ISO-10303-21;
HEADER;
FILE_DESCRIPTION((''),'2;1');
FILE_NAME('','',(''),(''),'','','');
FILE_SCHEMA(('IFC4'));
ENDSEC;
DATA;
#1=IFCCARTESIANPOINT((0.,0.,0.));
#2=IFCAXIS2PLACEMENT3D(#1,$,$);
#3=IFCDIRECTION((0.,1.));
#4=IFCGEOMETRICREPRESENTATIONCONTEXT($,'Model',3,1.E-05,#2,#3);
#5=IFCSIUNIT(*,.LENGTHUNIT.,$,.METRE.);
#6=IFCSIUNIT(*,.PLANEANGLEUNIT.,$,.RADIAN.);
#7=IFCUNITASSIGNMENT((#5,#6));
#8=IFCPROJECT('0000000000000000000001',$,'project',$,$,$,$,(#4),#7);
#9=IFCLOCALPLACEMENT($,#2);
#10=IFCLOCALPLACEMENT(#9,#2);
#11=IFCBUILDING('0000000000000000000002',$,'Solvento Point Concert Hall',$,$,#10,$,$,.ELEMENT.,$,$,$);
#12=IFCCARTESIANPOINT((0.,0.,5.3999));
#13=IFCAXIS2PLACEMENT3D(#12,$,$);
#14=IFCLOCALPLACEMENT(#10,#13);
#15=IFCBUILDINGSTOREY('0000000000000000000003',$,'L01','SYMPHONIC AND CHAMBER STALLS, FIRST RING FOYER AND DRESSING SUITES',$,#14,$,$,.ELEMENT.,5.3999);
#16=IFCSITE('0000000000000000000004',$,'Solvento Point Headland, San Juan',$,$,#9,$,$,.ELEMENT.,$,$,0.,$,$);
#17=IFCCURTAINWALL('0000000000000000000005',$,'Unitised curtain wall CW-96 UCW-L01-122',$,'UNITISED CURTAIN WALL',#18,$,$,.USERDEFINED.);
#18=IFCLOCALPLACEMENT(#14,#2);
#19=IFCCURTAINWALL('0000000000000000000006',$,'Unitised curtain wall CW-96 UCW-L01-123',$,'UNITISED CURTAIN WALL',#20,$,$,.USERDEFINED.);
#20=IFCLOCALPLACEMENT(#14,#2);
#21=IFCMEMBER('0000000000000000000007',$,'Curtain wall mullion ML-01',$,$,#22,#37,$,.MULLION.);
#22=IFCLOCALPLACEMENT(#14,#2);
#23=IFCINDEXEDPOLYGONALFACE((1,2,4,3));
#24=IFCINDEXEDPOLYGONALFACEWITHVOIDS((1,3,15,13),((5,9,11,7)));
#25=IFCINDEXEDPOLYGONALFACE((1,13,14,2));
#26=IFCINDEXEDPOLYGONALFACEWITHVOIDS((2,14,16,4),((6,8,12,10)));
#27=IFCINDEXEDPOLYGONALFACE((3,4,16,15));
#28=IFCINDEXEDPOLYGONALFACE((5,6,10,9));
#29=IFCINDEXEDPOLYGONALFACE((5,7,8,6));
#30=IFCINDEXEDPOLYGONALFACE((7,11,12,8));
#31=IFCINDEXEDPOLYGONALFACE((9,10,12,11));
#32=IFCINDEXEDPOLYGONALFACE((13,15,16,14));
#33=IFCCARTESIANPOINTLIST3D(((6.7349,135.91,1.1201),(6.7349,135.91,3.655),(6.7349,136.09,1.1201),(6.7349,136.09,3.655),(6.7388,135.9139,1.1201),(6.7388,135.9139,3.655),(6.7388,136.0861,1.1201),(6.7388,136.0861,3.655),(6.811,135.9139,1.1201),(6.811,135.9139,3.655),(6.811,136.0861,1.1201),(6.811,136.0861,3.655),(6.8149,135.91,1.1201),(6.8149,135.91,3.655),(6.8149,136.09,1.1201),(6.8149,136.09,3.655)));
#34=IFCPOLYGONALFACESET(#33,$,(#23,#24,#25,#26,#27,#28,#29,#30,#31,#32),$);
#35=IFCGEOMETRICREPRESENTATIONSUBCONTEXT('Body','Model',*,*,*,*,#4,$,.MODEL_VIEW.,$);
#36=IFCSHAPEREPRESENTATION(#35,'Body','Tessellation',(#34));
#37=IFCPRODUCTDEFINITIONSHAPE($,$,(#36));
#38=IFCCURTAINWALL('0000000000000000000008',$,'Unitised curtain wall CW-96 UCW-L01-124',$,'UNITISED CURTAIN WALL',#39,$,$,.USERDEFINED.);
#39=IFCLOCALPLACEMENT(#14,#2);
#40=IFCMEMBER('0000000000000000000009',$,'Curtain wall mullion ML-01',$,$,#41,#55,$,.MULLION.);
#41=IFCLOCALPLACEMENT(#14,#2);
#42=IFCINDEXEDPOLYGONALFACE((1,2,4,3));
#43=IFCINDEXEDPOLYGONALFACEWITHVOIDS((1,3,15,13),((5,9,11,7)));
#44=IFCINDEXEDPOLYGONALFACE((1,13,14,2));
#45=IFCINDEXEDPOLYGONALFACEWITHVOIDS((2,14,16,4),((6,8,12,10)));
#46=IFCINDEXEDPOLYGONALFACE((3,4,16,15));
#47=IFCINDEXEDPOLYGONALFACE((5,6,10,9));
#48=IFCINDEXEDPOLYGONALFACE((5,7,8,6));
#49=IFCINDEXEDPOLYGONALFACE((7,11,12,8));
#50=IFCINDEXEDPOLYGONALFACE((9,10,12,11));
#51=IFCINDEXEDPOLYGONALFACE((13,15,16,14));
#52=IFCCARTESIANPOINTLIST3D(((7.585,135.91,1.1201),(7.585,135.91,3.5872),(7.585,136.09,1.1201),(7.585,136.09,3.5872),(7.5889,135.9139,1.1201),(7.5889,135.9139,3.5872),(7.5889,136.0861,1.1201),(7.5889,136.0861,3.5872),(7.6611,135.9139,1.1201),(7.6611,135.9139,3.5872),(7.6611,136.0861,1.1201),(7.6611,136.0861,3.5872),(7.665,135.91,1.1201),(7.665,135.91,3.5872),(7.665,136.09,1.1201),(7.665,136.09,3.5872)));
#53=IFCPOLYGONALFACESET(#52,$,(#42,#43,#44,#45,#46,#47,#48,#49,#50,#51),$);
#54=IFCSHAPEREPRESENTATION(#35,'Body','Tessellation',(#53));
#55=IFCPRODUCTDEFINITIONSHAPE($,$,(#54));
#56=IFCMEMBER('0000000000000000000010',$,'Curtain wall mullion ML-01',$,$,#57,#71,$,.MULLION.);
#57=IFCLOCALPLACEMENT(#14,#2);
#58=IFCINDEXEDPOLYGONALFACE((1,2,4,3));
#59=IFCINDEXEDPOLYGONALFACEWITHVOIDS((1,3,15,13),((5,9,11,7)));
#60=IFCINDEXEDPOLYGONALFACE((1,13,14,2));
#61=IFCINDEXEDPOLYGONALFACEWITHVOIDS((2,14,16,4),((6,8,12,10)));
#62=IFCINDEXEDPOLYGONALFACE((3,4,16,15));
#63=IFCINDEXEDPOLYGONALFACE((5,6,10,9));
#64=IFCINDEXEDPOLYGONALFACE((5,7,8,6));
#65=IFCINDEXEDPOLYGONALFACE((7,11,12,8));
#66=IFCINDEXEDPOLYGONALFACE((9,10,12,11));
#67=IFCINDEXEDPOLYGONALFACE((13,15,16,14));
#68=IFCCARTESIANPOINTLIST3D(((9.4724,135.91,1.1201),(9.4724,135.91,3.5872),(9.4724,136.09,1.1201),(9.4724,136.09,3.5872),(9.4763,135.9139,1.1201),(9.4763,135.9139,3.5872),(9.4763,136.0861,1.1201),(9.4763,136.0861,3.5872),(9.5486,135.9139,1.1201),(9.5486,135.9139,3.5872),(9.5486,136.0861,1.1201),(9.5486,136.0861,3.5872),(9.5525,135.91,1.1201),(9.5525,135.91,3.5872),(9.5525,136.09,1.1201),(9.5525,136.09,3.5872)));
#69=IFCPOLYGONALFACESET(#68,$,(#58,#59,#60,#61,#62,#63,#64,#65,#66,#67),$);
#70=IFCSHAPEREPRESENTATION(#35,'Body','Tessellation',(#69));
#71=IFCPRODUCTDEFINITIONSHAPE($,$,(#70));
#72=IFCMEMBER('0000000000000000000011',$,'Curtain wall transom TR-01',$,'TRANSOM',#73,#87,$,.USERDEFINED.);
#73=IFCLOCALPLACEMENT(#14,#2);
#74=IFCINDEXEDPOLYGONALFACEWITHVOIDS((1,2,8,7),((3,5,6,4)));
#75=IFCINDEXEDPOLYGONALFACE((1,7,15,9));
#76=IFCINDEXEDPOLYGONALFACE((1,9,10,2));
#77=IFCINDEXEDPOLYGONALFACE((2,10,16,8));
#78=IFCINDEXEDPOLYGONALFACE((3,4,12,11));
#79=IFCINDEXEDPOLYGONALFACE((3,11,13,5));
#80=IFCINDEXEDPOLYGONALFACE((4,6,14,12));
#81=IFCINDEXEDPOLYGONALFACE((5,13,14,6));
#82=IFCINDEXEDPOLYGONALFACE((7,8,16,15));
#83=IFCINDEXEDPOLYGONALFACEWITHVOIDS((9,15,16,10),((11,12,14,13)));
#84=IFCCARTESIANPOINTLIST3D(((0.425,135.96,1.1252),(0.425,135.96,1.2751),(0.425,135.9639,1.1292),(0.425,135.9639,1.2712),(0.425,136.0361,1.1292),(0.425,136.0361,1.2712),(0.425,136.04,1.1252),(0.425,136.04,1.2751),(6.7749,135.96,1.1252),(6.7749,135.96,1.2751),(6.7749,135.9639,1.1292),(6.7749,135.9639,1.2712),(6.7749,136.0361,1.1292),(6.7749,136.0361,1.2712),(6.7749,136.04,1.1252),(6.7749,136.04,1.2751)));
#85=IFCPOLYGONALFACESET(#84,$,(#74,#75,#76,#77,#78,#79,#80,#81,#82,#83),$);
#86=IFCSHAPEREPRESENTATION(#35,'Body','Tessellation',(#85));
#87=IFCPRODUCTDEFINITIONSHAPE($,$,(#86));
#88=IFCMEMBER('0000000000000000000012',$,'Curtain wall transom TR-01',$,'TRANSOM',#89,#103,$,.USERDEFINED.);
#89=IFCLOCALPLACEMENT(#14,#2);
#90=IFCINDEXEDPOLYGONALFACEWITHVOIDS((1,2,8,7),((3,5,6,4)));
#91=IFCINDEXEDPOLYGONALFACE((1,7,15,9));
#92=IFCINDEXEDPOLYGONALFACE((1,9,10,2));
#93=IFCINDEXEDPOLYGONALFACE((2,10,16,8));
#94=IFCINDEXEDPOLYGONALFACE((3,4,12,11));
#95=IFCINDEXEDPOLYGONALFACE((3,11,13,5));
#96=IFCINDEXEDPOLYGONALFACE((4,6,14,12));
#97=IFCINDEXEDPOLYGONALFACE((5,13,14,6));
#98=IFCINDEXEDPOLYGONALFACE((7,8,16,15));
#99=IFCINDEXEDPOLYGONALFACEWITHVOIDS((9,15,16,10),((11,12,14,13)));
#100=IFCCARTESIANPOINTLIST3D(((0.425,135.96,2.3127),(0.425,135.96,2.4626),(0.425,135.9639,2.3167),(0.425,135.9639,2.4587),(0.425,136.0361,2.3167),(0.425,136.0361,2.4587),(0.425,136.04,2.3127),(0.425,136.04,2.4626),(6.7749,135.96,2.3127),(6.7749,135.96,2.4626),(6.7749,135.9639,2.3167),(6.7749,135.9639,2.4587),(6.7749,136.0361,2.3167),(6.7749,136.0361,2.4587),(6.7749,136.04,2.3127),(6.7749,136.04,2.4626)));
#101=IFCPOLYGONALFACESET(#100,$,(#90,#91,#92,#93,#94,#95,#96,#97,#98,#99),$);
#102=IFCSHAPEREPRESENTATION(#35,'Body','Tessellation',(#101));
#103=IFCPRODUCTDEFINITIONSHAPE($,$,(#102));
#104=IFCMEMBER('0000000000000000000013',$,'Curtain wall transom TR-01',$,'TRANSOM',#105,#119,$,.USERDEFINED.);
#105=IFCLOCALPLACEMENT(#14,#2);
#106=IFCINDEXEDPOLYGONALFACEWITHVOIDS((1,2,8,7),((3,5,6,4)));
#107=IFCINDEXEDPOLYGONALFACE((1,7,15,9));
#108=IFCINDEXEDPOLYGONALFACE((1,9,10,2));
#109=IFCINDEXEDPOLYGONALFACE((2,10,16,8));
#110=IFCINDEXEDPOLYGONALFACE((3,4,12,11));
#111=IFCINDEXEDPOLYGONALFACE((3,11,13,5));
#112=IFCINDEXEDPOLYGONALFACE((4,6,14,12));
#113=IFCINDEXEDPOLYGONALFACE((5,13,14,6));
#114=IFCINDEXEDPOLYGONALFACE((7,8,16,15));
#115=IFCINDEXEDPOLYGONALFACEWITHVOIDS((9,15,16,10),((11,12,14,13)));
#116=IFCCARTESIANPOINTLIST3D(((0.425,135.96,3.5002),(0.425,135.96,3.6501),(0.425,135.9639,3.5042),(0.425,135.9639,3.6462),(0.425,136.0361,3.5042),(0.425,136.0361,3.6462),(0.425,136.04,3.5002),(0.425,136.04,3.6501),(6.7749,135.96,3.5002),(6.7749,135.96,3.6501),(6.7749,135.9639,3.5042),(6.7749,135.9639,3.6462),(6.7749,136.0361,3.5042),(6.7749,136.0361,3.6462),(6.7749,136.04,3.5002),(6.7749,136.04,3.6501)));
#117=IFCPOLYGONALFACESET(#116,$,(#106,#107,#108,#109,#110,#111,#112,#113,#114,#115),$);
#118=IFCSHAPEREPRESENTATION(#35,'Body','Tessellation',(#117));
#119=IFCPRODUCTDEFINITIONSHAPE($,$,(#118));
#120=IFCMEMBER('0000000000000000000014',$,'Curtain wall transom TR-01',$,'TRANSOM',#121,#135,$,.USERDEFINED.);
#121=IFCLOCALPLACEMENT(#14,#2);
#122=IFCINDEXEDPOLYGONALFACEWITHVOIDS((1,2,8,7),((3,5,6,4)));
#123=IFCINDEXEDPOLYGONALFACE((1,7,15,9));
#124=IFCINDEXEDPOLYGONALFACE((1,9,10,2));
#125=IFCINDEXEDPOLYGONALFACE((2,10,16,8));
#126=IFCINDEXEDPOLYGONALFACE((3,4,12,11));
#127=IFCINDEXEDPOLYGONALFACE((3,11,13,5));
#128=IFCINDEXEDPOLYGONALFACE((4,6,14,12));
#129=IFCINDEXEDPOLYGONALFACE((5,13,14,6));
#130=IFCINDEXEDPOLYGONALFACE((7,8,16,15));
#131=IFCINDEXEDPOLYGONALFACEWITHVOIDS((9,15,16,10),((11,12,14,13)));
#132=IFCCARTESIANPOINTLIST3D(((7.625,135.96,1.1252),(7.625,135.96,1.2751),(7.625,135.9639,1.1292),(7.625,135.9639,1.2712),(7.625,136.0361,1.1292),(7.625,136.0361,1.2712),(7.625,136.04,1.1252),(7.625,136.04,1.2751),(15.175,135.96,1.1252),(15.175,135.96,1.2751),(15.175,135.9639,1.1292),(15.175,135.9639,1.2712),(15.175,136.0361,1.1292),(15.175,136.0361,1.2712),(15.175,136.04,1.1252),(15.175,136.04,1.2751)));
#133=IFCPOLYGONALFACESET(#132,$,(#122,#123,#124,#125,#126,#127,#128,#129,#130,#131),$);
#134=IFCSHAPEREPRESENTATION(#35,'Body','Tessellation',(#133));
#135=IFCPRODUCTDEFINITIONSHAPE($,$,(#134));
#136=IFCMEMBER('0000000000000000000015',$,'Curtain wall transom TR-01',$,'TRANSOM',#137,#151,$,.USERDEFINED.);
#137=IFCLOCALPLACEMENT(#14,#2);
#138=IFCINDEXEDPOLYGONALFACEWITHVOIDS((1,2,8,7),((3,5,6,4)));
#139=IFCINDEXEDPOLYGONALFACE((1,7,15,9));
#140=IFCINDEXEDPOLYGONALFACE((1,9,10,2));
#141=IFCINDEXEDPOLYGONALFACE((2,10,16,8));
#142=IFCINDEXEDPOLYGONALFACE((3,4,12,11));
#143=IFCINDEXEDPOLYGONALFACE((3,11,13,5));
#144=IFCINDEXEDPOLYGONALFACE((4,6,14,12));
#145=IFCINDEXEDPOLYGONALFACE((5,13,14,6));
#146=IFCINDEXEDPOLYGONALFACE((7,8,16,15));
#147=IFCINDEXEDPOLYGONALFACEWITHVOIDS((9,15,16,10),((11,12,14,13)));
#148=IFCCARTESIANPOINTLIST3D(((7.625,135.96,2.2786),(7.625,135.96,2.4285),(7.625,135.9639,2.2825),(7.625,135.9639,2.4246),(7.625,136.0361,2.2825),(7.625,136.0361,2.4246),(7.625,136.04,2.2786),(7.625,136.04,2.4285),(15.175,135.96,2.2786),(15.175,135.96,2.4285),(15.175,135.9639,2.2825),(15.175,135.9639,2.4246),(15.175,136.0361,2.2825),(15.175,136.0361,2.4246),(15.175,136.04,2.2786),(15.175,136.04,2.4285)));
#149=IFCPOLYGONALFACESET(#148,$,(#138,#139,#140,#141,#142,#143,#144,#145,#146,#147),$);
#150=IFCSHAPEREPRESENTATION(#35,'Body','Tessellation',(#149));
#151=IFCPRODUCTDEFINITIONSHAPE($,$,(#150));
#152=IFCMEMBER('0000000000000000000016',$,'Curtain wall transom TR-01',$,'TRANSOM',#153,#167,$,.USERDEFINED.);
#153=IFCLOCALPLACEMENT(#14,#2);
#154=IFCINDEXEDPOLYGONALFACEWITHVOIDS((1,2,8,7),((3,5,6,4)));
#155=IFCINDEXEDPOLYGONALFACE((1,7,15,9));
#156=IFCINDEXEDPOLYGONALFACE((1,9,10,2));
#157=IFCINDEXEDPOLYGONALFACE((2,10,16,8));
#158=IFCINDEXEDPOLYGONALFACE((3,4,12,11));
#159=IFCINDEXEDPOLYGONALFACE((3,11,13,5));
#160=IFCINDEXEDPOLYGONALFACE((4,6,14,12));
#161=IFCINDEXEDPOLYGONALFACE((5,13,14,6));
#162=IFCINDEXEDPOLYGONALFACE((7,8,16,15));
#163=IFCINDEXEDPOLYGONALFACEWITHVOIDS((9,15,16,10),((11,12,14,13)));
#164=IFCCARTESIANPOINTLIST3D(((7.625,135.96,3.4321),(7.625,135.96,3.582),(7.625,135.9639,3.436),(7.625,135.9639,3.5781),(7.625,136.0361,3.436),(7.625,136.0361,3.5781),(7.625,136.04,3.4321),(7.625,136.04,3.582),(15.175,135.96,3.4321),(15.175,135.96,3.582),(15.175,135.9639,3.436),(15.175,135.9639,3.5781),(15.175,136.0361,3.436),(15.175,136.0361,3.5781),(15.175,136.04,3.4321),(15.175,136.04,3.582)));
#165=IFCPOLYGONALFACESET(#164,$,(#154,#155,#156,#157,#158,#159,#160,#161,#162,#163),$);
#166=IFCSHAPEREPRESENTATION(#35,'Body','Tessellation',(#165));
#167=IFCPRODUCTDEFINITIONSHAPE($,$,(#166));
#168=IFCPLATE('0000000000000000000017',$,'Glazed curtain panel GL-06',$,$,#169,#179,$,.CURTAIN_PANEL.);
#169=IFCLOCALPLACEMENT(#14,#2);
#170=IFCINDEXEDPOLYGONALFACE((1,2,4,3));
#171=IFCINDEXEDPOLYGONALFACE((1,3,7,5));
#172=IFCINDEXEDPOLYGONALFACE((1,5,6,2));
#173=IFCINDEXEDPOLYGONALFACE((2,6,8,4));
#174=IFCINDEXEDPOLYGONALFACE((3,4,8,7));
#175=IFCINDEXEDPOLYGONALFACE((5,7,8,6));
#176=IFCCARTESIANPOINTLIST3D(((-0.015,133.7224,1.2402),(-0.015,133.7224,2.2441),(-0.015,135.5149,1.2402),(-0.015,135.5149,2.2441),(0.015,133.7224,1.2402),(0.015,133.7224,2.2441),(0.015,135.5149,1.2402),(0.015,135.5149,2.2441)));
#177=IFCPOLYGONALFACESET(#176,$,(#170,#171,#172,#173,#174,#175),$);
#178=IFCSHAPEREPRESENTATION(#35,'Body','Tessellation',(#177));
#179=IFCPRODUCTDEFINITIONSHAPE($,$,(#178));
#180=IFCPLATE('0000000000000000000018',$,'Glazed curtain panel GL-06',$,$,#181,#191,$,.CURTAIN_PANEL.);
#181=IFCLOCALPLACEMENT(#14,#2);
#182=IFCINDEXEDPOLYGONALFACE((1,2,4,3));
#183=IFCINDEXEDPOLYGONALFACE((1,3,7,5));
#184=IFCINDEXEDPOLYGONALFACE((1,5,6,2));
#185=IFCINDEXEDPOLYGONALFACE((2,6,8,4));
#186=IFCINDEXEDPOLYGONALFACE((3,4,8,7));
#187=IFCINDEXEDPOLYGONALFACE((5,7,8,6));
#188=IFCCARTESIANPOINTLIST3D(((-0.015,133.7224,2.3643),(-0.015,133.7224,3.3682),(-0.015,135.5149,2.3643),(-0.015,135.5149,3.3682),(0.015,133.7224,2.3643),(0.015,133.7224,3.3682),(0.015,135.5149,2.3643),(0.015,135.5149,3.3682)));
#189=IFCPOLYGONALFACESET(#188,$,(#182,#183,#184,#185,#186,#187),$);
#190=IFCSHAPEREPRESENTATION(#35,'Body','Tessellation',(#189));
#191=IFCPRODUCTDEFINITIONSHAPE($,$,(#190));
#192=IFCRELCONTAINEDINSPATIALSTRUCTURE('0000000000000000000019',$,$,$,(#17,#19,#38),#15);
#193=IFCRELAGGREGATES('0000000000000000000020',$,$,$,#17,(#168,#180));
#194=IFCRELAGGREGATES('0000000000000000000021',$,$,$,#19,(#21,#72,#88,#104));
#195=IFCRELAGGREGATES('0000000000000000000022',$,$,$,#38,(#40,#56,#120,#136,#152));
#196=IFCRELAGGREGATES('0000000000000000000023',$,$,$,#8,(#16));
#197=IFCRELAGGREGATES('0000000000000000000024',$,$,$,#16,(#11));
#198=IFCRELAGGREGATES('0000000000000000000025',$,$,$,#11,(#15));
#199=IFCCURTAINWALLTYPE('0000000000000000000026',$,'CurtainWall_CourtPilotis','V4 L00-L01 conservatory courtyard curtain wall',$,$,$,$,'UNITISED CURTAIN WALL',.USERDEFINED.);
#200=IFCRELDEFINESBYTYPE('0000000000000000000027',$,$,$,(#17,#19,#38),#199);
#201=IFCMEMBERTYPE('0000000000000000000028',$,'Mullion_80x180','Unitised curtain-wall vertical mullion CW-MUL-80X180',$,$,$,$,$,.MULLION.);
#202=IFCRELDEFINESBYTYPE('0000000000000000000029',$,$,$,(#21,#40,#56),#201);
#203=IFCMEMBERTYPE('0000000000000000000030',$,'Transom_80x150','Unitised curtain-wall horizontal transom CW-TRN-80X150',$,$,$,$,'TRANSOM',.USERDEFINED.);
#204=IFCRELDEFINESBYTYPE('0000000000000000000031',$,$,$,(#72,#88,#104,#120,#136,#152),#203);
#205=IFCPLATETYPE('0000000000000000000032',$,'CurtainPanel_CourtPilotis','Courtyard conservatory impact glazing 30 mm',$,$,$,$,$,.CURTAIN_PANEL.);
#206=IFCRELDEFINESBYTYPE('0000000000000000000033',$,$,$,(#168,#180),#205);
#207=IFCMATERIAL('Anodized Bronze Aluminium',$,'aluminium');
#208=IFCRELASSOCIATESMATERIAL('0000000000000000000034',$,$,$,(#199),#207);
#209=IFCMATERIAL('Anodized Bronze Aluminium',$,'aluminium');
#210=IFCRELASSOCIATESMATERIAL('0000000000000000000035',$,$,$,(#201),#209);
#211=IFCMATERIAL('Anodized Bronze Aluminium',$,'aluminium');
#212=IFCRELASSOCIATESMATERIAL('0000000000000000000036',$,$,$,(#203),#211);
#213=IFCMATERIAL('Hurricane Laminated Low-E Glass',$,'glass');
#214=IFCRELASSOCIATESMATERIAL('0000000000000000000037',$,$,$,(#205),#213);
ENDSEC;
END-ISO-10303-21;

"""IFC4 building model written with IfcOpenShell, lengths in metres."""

from ifc_helpers import new_model, si_unit, direction, frame, origin, origin_2d, place, context, subcontext, project, spatial, rectangle, hollow_rectangle, extrude, material, material_profile, profile_set, type_object, element, aggregate, save


model = new_model("IFC4")

# Units and contexts
model_context = context("Model", 3, precision=1e-05, world=origin(), true_north=direction((0.0, 1.0)))
body_context = subcontext(model_context, "Body", "Model", "MODEL_VIEW")
ifc_project = project(units=[si_unit("LENGTHUNIT", "METRE"), si_unit("PLANEANGLEUNIT", "RADIAN")], contexts=[model_context])

# Site, building, storey
site_placement = place(None, origin())
site = spatial("IfcSite", under=ifc_project, at=site_placement, Name="Solvento Point Headland, San Juan", CompositionType="ELEMENT", RefElevation=0.0)
building_placement = place(site_placement, origin())
building = spatial("IfcBuilding", under=site, at=building_placement, Name="Solvento Point Concert Hall", CompositionType="ELEMENT")
storey_placement = place(building_placement, frame((0.0, 0.0, 5.3999)))
storey = spatial("IfcBuildingStorey", under=building, at=storey_placement, Name="L01", Description="SYMPHONIC AND CHAMBER STALLS, FIRST RING FOYER AND DRESSING SUITES", CompositionType="ELEMENT", Elevation=5.3999)

# Curtain walls, members
ifc_material_1 = material(Name="Anodized Bronze Aluminium", Category="aluminium")
curtain_wall_type = type_object("IfcCurtainWallType", Name="CurtainWall_CourtPilotis", Description="V4 L00-L01 conservatory courtyard curtain wall", ElementType="UNITISED CURTAIN WALL", PredefinedType="USERDEFINED", material=ifc_material_1)
curtain_wall_1_placement = place(storey_placement, origin())
curtain_wall_1 = element("IfcCurtainWall", 1, at=curtain_wall_1_placement, inside=storey, type_object=curtain_wall_type, Name="Unitised curtain wall CW-96 UCW-L01-122", ObjectType="UNITISED CURTAIN WALL", PredefinedType="USERDEFINED")
ifc_material_2 = material(Name="Anodized Bronze Aluminium", Category="aluminium")
ifc_material_profile_1 = material_profile(ifc_material_2, hollow_rectangle(XDim=0.0801, YDim=0.1799, WallThickness=0.0039, at=origin_2d()), Name="CW-MUL-80X180")
ifc_profile_set_1 = profile_set([ifc_material_profile_1], Name="Anodized Bronze Aluminium")
member_type_1 = type_object("IfcMemberType", Name="Mullion_80x180", Description="Unitised curtain-wall vertical mullion CW-MUL-80X180", PredefinedType="MULLION", material=ifc_profile_set_1)
curtain_wall_2_placement = place(storey_placement, origin())
curtain_wall_2 = element("IfcCurtainWall", 2, at=curtain_wall_2_placement, inside=storey, type_object=curtain_wall_type, Name="Unitised curtain wall CW-96 UCW-L01-123", ObjectType="UNITISED CURTAIN WALL", PredefinedType="USERDEFINED")
member_1_placement = place(storey_placement, frame((6.7749, 136.0, 1.1201), z_axis=(0.0, 0.0, 1.0), x_axis=(1.0, 0.0, 0.0)))
member_1 = element("IfcMember", 3, at=member_1_placement, type_object=member_type_1, Name="Curtain wall mullion ML-01", PredefinedType="MULLION", context=body_context, shape_type="SweptSolid", body=[
    extrude(hollow_rectangle(XDim=0.0801, YDim=0.1799, WallThickness=0.0039, at=origin_2d()), origin(), (0.0, 0.0, 1.0), 2.5349),
])
curtain_wall_3_placement = place(storey_placement, origin())
curtain_wall_3 = element("IfcCurtainWall", 4, at=curtain_wall_3_placement, inside=storey, type_object=curtain_wall_type, Name="Unitised curtain wall CW-96 UCW-L01-124", ObjectType="UNITISED CURTAIN WALL", PredefinedType="USERDEFINED")
member_2_placement = place(storey_placement, frame((7.625, 136.0, 1.1201), z_axis=(0.0, 0.0, 1.0), x_axis=(1.0, 0.0, 0.0)))
member_2 = element("IfcMember", 5, at=member_2_placement, type_object=member_type_1, Name="Curtain wall mullion ML-01", PredefinedType="MULLION", context=body_context, shape_type="SweptSolid", body=[
    extrude(hollow_rectangle(XDim=0.0801, YDim=0.1799, WallThickness=0.0039, at=origin_2d()), origin(), (0.0, 0.0, 1.0), 2.467),
])
member_3_placement = place(storey_placement, frame((9.5125, 136.0, 1.1201), z_axis=(0.0, 0.0, 1.0), x_axis=(1.0, 0.0, 0.0)))
member_3 = element("IfcMember", 6, at=member_3_placement, type_object=member_type_1, Name="Curtain wall mullion ML-01", PredefinedType="MULLION", context=body_context, shape_type="SweptSolid", body=[
    extrude(hollow_rectangle(XDim=0.0801, YDim=0.1799, WallThickness=0.0039, at=origin_2d()), origin(), (0.0, 0.0, 1.0), 2.467),
])

# Members
ifc_material_3 = material(Name="Anodized Bronze Aluminium", Category="aluminium")
ifc_material_profile_2 = material_profile(ifc_material_3, hollow_rectangle(XDim=0.0801, YDim=0.1499, WallThickness=0.0039, at=origin_2d()), Name="CW-TRN-80X150")
ifc_profile_set_2 = profile_set([ifc_material_profile_2], Name="Anodized Bronze Aluminium")
member_type_2 = type_object("IfcMemberType", Name="Transom_80x150", Description="Unitised curtain-wall horizontal transom CW-TRN-80X150", ElementType="TRANSOM", PredefinedType="USERDEFINED", material=ifc_profile_set_2)
member_4_placement = place(storey_placement, frame((0.425, 136.0, 1.2002), z_axis=(1.0, 0.0, 0.0), x_axis=(0.0, 1.0, 0.0)))
member_4 = element("IfcMember", 7, at=member_4_placement, type_object=member_type_2, Name="Curtain wall transom TR-01", ObjectType="TRANSOM", PredefinedType="USERDEFINED", context=body_context, shape_type="SweptSolid", body=[
    extrude(hollow_rectangle(XDim=0.0801, YDim=0.1499, WallThickness=0.0039, at=origin_2d()), origin(), (0.0, 0.0, 1.0), 6.3499),
])
member_5_placement = place(storey_placement, frame((0.425, 136.0, 2.3877), z_axis=(1.0, 0.0, 0.0), x_axis=(0.0, 1.0, 0.0)))
member_5 = element("IfcMember", 8, at=member_5_placement, type_object=member_type_2, Name="Curtain wall transom TR-01", ObjectType="TRANSOM", PredefinedType="USERDEFINED", context=body_context, shape_type="SweptSolid", body=[
    extrude(hollow_rectangle(XDim=0.0801, YDim=0.1499, WallThickness=0.0039, at=origin_2d()), origin(), (0.0, 0.0, 1.0), 6.3499),
])
member_6_placement = place(storey_placement, frame((0.425, 136.0, 3.5752), z_axis=(1.0, 0.0, 0.0), x_axis=(0.0, 1.0, 0.0)))
member_6 = element("IfcMember", 9, at=member_6_placement, type_object=member_type_2, Name="Curtain wall transom TR-01", ObjectType="TRANSOM", PredefinedType="USERDEFINED", context=body_context, shape_type="SweptSolid", body=[
    extrude(hollow_rectangle(XDim=0.0801, YDim=0.1499, WallThickness=0.0039, at=origin_2d()), origin(), (0.0, 0.0, 1.0), 6.3499),
])
member_7_placement = place(storey_placement, frame((7.625, 136.0, 1.2002), z_axis=(1.0, 0.0, 0.0), x_axis=(0.0, 1.0, 0.0)))
member_7 = element("IfcMember", 10, at=member_7_placement, type_object=member_type_2, Name="Curtain wall transom TR-01", ObjectType="TRANSOM", PredefinedType="USERDEFINED", context=body_context, shape_type="SweptSolid", body=[
    extrude(hollow_rectangle(XDim=0.0801, YDim=0.1499, WallThickness=0.0039, at=origin_2d()), origin(), (0.0, 0.0, 1.0), 7.55),
])
member_8_placement = place(storey_placement, frame((7.625, 136.0, 2.3535), z_axis=(1.0, 0.0, 0.0), x_axis=(0.0, 1.0, 0.0)))
member_8 = element("IfcMember", 11, at=member_8_placement, type_object=member_type_2, Name="Curtain wall transom TR-01", ObjectType="TRANSOM", PredefinedType="USERDEFINED", context=body_context, shape_type="SweptSolid", body=[
    extrude(hollow_rectangle(XDim=0.0801, YDim=0.1499, WallThickness=0.0039, at=origin_2d()), origin(), (0.0, 0.0, 1.0), 7.55),
])
member_9_placement = place(storey_placement, frame((7.625, 136.0, 3.5071), z_axis=(1.0, 0.0, 0.0), x_axis=(0.0, 1.0, 0.0)))
member_9 = element("IfcMember", 12, at=member_9_placement, type_object=member_type_2, Name="Curtain wall transom TR-01", ObjectType="TRANSOM", PredefinedType="USERDEFINED", context=body_context, shape_type="SweptSolid", body=[
    extrude(hollow_rectangle(XDim=0.0801, YDim=0.1499, WallThickness=0.0039, at=origin_2d()), origin(), (0.0, 0.0, 1.0), 7.55),
])

# Plates
ifc_material_4 = material(Name="Hurricane Laminated Low-E Glass", Category="glass")
plate_type = type_object("IfcPlateType", Name="CurtainPanel_CourtPilotis", Description="Courtyard conservatory impact glazing 30 mm", PredefinedType="CURTAIN_PANEL", material=ifc_material_4)
plate_1_placement = place(storey_placement, frame((0.0, 134.6187, 1.2402), z_axis=(0.0, 0.0, 1.0), x_axis=(0.0, 1.0, 0.0)))
plate_1 = element("IfcPlate", 13, at=plate_1_placement, type_object=plate_type, Name="Glazed curtain panel GL-06", PredefinedType="CURTAIN_PANEL", context=body_context, shape_type="SweptSolid", body=[
    extrude(rectangle(XDim=1.7925, YDim=0.03, at=origin_2d()), origin(), (0.0, 0.0, 1.0), 1.0039),
])
plate_2_placement = place(storey_placement, frame((0.0, 134.6187, 2.3643), z_axis=(0.0, 0.0, 1.0), x_axis=(0.0, 1.0, 0.0)))
plate_2 = element("IfcPlate", 14, at=plate_2_placement, type_object=plate_type, Name="Glazed curtain panel GL-06", PredefinedType="CURTAIN_PANEL", context=body_context, shape_type="SweptSolid", body=[
    extrude(rectangle(XDim=1.7925, YDim=0.03, at=origin_2d()), origin(), (0.0, 0.0, 1.0), 1.0039),
])
aggregate(curtain_wall_1, [plate_1, plate_2])
aggregate(curtain_wall_2, [member_1, member_4, member_5, member_6])
aggregate(curtain_wall_3, [member_2, member_3, member_7, member_8, member_9])

save(model, "model.ifc")
